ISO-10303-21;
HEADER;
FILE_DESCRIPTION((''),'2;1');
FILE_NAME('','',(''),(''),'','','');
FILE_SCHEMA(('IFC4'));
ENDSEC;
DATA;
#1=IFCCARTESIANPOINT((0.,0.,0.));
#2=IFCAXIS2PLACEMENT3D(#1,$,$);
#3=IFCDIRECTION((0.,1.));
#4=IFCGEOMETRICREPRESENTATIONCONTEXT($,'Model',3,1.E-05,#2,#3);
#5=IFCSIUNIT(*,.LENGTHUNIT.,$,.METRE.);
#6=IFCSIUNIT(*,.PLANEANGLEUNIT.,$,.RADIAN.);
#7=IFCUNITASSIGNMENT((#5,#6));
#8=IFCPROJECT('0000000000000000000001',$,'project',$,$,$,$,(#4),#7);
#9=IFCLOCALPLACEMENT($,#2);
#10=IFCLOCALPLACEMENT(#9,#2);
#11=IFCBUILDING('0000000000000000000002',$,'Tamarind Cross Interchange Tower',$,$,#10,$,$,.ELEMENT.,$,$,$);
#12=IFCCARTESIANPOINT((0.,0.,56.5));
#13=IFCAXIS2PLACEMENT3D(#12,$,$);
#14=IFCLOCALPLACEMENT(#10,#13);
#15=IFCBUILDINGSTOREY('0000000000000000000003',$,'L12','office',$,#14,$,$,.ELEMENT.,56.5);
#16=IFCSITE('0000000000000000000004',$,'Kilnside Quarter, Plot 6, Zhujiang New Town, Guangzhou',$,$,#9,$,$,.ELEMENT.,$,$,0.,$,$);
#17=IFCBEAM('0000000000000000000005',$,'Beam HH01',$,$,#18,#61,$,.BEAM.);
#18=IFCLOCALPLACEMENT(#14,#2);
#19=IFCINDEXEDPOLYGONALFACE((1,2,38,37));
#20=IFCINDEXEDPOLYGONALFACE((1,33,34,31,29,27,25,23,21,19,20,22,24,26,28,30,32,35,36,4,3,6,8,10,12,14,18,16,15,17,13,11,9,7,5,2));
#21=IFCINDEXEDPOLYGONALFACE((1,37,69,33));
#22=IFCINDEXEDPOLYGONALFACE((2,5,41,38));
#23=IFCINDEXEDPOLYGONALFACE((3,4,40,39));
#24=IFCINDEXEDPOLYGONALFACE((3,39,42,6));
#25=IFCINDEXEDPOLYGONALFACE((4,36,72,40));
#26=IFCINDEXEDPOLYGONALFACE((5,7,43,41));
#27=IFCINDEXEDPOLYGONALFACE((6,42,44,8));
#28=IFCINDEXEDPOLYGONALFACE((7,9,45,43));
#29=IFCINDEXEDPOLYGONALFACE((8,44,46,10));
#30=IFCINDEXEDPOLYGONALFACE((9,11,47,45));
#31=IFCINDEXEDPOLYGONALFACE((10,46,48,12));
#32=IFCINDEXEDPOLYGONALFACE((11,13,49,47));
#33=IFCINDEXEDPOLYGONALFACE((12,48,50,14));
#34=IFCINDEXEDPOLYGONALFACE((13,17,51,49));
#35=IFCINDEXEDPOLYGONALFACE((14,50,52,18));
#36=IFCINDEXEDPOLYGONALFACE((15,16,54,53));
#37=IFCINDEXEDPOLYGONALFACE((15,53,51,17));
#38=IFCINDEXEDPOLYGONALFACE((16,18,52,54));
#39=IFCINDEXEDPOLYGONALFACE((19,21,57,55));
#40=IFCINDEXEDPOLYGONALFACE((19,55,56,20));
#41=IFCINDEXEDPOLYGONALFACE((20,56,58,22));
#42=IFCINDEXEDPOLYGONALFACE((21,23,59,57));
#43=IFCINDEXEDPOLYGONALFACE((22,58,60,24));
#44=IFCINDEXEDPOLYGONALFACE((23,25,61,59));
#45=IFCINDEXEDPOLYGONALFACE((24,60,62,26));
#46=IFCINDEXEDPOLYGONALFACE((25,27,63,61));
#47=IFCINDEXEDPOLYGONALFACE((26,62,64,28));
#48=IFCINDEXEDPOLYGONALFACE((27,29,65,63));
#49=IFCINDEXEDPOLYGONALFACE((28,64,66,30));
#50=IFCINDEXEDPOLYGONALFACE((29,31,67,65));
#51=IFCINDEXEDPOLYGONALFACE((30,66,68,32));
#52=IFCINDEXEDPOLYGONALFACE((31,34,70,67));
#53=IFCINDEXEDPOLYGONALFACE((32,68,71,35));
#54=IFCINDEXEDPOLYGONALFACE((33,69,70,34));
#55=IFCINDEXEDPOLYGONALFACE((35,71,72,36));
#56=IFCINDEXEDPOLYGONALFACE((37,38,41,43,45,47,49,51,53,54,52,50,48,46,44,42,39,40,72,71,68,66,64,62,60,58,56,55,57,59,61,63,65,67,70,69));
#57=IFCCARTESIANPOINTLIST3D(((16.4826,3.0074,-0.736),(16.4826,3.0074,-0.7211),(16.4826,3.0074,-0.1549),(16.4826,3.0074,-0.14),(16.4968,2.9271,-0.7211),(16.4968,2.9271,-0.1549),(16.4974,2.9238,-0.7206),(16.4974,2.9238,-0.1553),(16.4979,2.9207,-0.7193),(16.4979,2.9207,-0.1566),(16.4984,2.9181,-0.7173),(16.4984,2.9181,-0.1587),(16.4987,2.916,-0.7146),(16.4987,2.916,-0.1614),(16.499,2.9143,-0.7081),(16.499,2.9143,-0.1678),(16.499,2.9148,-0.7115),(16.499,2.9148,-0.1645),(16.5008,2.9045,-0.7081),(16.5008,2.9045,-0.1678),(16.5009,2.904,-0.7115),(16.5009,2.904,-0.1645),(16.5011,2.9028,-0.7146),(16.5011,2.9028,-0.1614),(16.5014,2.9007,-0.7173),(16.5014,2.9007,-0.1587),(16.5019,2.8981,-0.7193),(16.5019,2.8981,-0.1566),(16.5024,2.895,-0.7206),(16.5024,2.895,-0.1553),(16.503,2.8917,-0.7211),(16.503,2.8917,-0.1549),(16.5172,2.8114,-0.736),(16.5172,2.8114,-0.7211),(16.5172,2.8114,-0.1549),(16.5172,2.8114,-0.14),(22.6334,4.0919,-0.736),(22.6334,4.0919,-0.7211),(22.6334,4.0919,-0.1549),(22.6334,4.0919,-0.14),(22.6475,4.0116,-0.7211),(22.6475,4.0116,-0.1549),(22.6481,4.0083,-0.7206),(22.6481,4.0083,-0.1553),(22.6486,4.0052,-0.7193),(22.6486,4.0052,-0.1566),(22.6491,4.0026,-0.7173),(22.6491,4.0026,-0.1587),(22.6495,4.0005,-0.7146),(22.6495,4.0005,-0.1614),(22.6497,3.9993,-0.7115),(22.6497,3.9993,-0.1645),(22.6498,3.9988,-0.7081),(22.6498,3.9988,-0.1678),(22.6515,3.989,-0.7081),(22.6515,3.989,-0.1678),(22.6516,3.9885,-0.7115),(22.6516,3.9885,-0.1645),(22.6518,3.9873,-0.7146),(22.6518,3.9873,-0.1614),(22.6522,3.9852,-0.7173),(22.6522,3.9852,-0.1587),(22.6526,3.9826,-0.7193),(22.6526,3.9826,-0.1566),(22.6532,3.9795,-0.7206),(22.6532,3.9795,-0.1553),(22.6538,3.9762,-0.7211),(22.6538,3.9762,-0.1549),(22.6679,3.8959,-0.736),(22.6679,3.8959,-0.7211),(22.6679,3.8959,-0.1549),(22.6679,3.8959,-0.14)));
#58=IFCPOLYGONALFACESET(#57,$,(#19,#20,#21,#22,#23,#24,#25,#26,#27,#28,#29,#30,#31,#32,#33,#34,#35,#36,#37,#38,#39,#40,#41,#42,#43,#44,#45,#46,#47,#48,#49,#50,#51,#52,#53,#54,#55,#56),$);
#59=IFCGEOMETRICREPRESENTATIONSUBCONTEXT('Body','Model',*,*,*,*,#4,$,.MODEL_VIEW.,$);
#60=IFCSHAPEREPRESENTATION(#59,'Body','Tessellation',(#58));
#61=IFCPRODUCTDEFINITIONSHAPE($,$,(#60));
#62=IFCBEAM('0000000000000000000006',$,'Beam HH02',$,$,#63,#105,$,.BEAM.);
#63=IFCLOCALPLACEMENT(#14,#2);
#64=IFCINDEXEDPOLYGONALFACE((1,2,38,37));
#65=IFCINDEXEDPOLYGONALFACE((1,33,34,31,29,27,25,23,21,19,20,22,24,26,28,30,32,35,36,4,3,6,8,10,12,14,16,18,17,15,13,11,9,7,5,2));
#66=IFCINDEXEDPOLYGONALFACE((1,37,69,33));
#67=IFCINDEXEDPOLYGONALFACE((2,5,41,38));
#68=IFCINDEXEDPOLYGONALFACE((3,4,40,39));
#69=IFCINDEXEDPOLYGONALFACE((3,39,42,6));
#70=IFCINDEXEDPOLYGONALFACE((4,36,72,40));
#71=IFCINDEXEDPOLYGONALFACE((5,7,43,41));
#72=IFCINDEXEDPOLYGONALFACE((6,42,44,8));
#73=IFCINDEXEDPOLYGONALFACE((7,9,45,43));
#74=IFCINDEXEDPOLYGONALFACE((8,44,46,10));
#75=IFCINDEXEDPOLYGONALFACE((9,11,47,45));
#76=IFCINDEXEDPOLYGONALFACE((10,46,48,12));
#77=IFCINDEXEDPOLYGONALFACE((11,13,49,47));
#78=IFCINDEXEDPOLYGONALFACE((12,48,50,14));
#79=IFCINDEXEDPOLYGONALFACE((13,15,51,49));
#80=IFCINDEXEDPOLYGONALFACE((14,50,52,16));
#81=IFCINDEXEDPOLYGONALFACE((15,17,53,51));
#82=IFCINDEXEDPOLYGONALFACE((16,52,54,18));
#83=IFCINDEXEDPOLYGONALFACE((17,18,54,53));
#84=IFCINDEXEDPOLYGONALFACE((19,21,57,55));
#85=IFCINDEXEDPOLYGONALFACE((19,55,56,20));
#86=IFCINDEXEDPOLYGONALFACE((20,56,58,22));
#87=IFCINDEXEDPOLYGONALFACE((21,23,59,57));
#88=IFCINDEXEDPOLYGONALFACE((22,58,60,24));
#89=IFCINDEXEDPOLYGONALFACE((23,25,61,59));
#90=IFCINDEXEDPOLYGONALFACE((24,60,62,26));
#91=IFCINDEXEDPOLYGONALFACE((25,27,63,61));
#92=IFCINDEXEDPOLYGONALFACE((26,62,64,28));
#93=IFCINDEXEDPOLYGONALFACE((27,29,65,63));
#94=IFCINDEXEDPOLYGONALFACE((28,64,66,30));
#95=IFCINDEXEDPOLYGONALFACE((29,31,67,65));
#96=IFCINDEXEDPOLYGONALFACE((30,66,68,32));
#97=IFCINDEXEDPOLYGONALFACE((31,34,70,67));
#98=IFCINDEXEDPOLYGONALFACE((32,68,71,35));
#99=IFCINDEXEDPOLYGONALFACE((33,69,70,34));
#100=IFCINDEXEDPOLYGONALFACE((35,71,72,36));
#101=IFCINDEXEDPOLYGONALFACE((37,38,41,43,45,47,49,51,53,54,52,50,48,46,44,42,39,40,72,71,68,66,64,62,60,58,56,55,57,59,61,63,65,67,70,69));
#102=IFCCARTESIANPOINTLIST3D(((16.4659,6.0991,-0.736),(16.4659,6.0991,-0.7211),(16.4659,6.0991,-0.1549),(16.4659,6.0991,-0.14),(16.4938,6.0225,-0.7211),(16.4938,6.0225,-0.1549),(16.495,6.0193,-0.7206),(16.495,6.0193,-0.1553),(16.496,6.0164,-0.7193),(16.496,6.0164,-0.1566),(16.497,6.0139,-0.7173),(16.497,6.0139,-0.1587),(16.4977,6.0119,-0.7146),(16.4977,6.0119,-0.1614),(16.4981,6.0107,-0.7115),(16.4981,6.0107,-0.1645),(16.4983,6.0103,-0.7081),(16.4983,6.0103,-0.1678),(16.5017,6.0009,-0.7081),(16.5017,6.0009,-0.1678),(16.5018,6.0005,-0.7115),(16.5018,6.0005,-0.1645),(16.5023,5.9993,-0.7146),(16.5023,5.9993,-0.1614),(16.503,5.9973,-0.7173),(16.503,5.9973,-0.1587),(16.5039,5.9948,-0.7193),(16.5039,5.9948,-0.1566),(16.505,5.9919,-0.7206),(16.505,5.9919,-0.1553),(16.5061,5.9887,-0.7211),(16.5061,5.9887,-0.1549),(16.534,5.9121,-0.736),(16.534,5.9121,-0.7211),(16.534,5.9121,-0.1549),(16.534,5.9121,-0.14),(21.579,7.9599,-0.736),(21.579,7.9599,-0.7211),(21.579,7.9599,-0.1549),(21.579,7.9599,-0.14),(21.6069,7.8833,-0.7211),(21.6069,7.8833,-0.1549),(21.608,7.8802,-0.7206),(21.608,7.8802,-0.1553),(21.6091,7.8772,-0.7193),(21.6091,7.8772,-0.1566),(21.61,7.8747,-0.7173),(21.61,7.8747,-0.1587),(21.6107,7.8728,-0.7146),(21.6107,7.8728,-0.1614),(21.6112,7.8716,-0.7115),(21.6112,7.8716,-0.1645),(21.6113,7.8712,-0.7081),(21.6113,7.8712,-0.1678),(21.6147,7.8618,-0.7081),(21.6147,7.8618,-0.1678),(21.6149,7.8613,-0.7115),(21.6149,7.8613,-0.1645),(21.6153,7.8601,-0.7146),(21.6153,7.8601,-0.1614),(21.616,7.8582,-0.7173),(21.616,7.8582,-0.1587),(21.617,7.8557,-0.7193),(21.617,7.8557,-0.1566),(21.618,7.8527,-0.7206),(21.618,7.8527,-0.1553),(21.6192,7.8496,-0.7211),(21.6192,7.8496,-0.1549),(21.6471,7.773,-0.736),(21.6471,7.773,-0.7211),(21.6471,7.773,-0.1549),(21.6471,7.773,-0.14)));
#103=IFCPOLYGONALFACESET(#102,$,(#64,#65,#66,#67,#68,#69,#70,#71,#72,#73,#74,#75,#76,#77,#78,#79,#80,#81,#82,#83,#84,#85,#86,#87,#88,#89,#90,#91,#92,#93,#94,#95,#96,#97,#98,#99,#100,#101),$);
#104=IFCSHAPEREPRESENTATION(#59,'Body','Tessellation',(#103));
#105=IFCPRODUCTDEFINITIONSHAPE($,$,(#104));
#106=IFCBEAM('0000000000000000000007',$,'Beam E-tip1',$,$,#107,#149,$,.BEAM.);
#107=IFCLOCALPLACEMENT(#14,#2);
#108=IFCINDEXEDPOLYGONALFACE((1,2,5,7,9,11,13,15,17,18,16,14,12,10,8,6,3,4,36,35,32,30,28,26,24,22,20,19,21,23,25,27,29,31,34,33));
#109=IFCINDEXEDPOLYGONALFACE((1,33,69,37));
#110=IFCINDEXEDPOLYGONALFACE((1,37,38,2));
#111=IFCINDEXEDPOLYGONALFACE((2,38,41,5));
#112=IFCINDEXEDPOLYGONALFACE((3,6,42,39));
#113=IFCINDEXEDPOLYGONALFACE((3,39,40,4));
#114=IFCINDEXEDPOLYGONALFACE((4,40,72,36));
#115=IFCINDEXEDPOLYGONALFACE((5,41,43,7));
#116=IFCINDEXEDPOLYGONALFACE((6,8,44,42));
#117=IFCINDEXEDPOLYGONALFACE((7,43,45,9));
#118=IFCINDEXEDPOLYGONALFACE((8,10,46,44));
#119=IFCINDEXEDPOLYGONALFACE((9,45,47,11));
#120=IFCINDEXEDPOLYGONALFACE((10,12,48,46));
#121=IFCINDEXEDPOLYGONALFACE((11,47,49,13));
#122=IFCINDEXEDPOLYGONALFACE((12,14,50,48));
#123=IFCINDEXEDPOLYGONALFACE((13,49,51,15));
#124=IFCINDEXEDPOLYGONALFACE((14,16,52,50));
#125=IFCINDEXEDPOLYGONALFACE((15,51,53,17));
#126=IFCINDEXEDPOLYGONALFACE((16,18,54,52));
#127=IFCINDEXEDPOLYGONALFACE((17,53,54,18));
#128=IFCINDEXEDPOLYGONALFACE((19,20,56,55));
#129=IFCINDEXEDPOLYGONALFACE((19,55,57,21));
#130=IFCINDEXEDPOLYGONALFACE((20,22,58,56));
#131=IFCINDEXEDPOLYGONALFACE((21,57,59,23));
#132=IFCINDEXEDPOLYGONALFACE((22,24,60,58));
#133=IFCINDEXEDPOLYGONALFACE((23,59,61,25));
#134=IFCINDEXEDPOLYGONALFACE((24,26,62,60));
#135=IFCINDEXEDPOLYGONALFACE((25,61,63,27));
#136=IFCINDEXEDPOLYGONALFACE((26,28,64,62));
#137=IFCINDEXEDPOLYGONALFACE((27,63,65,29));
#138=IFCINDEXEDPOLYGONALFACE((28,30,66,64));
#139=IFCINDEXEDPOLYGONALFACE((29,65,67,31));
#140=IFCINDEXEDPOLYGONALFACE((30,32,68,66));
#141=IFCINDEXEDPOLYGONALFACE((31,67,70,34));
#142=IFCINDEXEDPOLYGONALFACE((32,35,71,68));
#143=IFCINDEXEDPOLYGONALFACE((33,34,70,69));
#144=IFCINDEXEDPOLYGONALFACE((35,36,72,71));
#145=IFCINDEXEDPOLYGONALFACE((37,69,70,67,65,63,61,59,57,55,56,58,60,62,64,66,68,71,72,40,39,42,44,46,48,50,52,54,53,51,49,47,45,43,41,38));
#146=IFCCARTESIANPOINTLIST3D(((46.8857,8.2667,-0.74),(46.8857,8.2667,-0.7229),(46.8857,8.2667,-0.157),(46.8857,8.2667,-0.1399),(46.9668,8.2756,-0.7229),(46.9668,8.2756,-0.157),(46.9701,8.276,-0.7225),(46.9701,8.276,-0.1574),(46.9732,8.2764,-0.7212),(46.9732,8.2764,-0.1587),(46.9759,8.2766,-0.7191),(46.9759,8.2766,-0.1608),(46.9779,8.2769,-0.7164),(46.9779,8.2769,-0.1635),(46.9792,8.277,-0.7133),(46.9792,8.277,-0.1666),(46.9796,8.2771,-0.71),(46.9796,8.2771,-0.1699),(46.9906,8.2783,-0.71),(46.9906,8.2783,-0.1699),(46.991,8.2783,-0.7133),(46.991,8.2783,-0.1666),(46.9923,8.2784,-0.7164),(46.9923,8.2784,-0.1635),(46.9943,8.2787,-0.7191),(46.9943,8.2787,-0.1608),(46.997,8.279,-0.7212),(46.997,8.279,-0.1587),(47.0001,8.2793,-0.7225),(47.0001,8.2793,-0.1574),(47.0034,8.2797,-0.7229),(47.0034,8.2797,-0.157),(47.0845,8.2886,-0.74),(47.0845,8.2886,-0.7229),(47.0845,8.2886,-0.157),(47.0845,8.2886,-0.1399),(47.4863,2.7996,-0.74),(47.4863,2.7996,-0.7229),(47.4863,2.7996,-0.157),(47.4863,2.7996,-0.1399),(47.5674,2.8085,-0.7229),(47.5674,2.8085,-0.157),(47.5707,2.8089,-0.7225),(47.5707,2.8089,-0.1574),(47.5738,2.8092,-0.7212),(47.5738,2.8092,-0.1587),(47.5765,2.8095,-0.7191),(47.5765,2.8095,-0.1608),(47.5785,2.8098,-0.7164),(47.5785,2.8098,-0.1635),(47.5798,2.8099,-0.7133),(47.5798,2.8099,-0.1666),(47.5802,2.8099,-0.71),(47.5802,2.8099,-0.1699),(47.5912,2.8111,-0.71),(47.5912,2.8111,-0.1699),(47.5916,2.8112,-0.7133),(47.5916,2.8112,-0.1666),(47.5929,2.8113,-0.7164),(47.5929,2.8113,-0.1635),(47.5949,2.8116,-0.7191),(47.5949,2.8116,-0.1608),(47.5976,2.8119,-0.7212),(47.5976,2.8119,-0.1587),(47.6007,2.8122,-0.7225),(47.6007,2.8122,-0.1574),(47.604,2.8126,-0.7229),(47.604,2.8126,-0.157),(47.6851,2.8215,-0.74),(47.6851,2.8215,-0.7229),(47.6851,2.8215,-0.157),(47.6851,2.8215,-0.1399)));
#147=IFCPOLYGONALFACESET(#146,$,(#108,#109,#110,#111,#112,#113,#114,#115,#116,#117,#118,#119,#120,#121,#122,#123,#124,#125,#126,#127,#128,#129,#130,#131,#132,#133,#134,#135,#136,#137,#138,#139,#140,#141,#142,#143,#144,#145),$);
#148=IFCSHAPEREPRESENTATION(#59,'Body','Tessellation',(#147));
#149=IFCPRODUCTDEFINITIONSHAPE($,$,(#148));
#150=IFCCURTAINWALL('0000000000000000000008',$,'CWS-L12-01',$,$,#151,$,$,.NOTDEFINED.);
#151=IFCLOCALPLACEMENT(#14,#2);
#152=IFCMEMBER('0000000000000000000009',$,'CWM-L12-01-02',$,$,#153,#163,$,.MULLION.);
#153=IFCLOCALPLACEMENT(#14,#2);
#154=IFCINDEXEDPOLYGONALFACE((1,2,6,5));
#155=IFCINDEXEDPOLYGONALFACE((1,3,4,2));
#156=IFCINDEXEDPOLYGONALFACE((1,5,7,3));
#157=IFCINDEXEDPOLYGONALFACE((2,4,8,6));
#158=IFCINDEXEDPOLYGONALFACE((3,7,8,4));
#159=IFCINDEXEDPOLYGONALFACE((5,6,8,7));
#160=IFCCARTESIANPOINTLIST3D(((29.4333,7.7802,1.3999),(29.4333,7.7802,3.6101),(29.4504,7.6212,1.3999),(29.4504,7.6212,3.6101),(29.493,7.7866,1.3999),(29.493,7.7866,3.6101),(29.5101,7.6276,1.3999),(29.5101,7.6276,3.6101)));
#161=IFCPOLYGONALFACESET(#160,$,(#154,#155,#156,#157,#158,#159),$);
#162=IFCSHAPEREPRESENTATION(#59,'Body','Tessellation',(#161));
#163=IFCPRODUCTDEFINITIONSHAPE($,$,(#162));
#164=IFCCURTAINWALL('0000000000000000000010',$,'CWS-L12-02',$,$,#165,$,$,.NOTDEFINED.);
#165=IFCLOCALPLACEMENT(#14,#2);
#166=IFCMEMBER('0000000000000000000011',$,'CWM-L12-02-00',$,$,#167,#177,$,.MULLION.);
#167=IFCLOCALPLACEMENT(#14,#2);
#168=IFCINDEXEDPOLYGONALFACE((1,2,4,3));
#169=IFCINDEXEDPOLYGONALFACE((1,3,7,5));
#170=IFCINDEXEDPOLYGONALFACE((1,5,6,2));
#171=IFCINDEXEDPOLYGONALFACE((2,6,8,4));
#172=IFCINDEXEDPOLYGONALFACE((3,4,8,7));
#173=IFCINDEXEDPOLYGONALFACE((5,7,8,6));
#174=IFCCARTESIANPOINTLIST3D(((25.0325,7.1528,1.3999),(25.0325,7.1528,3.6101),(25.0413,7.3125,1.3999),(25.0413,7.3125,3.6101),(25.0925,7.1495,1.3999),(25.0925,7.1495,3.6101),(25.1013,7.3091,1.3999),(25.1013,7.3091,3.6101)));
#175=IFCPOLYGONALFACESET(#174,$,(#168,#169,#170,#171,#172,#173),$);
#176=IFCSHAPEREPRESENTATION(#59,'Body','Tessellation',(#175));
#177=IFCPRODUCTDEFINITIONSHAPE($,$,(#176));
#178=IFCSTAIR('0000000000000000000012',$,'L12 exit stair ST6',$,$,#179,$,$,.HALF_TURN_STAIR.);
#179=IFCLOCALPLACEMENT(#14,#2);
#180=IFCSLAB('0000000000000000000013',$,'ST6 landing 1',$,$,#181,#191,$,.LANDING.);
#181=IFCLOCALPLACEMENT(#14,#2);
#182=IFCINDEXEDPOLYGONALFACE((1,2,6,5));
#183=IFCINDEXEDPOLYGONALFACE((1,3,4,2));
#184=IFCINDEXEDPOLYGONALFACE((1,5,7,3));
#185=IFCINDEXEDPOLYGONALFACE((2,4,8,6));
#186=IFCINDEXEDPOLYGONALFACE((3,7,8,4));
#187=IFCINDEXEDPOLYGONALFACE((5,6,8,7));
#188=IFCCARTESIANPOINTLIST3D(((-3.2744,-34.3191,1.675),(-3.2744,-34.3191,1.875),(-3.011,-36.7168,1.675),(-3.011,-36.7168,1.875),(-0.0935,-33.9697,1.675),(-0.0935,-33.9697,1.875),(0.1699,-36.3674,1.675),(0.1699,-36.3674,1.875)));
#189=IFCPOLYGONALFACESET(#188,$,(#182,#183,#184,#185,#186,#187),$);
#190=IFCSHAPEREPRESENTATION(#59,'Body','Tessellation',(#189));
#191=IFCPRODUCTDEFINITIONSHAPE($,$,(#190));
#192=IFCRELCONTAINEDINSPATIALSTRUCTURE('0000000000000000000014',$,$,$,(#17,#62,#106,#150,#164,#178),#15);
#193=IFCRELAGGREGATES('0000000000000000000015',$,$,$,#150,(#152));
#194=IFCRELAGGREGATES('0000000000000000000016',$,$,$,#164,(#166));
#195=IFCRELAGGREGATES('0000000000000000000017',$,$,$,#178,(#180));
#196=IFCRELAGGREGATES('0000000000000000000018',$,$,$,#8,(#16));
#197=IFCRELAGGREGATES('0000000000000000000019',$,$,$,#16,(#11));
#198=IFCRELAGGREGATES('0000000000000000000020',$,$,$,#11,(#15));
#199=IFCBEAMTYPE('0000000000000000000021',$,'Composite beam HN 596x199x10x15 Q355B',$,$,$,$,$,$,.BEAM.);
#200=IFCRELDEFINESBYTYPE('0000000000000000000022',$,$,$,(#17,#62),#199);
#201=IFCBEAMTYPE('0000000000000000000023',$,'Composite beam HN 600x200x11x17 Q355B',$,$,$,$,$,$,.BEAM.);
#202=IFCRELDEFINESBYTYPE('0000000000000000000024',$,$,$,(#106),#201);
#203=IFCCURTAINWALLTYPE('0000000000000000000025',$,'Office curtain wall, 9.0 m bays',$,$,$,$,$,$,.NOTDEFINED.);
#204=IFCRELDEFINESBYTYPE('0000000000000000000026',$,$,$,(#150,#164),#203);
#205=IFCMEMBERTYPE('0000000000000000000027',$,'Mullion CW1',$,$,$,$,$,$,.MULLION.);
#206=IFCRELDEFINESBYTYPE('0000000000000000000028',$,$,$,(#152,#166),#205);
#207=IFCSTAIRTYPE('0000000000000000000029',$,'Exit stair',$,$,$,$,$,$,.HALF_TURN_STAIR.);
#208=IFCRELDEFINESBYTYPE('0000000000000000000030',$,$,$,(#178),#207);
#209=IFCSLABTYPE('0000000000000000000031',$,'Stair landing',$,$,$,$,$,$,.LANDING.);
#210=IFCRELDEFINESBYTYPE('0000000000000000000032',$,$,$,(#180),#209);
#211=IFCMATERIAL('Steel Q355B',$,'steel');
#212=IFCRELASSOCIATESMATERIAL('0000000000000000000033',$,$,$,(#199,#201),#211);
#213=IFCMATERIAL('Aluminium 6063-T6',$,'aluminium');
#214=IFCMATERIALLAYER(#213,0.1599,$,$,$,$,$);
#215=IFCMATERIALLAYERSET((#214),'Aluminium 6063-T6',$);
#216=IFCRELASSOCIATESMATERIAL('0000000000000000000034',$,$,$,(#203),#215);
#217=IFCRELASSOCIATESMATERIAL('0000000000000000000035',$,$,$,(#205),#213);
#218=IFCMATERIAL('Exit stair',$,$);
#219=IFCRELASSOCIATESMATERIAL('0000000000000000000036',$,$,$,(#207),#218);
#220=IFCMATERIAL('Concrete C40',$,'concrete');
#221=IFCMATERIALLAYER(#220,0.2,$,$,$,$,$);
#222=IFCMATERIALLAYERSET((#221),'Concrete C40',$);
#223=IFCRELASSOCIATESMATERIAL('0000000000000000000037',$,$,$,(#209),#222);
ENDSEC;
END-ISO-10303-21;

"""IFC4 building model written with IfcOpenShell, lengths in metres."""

from ifc_helpers import new_model, si_unit, direction, frame, origin, origin_2d, place, context, subcontext, project, spatial, polyline, rectangle, i_section, outline, extrude, material, layer, layer_set, material_profile, profile_set, type_object, element, aggregate, save


model = new_model("IFC4")

# Units and contexts
model_context = context("Model", 3, precision=1e-05, world=origin(), true_north=direction((0.0, 1.0)))
body_context = subcontext(model_context, "Body", "Model", "MODEL_VIEW")
ifc_project = project(units=[si_unit("LENGTHUNIT", "METRE"), si_unit("PLANEANGLEUNIT", "RADIAN")], contexts=[model_context])

# Site, building, storey
site_placement = place(None, origin())
site = spatial("IfcSite", under=ifc_project, at=site_placement, Name="Kilnside Quarter, Plot 6, Zhujiang New Town, Guangzhou", CompositionType="ELEMENT", RefElevation=0.0)
building_placement = place(site_placement, origin())
building = spatial("IfcBuilding", under=site, at=building_placement, Name="Tamarind Cross Interchange Tower", CompositionType="ELEMENT")
storey_placement = place(building_placement, frame((0.0, 0.0, 56.5)))
storey = spatial("IfcBuildingStorey", under=building, at=storey_placement, Name="L12", Description="office", CompositionType="ELEMENT", Elevation=56.5)

# Beams
ifc_material_1 = material(Name="Steel Q355B", Category="steel")
ifc_material_profile_1 = material_profile(ifc_material_1, i_section(OverallWidth=0.199, OverallDepth=0.5959, WebThickness=0.01, FlangeThickness=0.0149, FilletRadius=0.0129, at=origin_2d()), Name="HN 596x199x10x15")
ifc_profile_set_1 = profile_set([ifc_material_profile_1], Name="Steel Q355B")
beam_type_1 = type_object("IfcBeamType", Name="Composite beam HN 596x199x10x15 Q355B", PredefinedType="BEAM", material=ifc_profile_set_1)
beam_1_placement = place(storey_placement, frame((22.6506, 3.9939, -0.438), z_axis=(-0.984809, -0.17364, 0.0), x_axis=(0.17364, -0.984809, 0.0)))
element("IfcBeam", 1, at=beam_1_placement, inside=storey, type_object=beam_type_1, Name="Beam HH01", PredefinedType="BEAM", context=body_context, shape_type="SweptSolid", body=[
    extrude(i_section(OverallWidth=0.199, OverallDepth=0.5959, WebThickness=0.01, FlangeThickness=0.0149, FilletRadius=0.0129, at=origin_2d()), origin(), (0.0, 0.0, 1.0), 6.2456),
])
beam_2_placement = place(storey_placement, frame((21.613, 7.8665, -0.438), z_axis=(-0.939702, -0.341995, 0.0), x_axis=(0.341995, -0.939702, 0.0)))
element("IfcBeam", 2, at=beam_2_placement, inside=storey, type_object=beam_type_1, Name="Beam HH02", PredefinedType="BEAM", context=body_context, shape_type="SweptSolid", body=[
    extrude(i_section(OverallWidth=0.199, OverallDepth=0.5959, WebThickness=0.01, FlangeThickness=0.0149, FilletRadius=0.0129, at=origin_2d()), origin(), (0.0, 0.0, 1.0), 5.4412),
])
ifc_material_profile_2 = material_profile(ifc_material_1, i_section(OverallWidth=0.2, OverallDepth=0.6001, WebThickness=0.011, FlangeThickness=0.0171, FilletRadius=0.0129, at=origin_2d()), Name="HN 600x200x11x17")
ifc_profile_set_2 = profile_set([ifc_material_profile_2], Name="Steel Q355B")
beam_type_2 = type_object("IfcBeamType", Name="Composite beam HN 600x200x11x17 Q355B", PredefinedType="BEAM", material=ifc_profile_set_2)
beam_3_placement = place(storey_placement, frame((47.5857, 2.8105, -0.4399), z_axis=(-0.109199, 0.99402, 0.0), x_axis=(-0.99402, -0.109199, 0.0)))
element("IfcBeam", 3, at=beam_3_placement, inside=storey, type_object=beam_type_2, Name="Beam E-tip1", PredefinedType="BEAM", context=body_context, shape_type="SweptSolid", body=[
    extrude(i_section(OverallWidth=0.2, OverallDepth=0.6001, WebThickness=0.011, FlangeThickness=0.0171, FilletRadius=0.0129, at=origin_2d()), origin(), (0.0, 0.0, 1.0), 5.5),
])

# Curtain walls, members
ifc_material_2 = material(Name="Aluminium 6063-T6", Category="aluminium")
ifc_layer_1 = layer(ifc_material_2, 0.1599)
ifc_layer_set_1 = layer_set([ifc_layer_1], Name="Aluminium 6063-T6")
curtain_wall_type = type_object("IfcCurtainWallType", Name="Office curtain wall, 9.0 m bays", PredefinedType="NOTDEFINED", material=ifc_layer_set_1)
curtain_wall_1_placement = place(storey_placement, origin())
curtain_wall_1 = element("IfcCurtainWall", 4, at=curtain_wall_1_placement, inside=storey, type_object=curtain_wall_type, Name="CWS-L12-01", PredefinedType="NOTDEFINED")
ifc_material_profile_3 = material_profile(ifc_material_2, rectangle(XDim=0.0601, YDim=0.1599, at=origin_2d()), Name="Mullion CW1")
ifc_profile_set_3 = profile_set([ifc_material_profile_3], Name="Aluminium 6063-T6")
member_type = type_object("IfcMemberType", Name="Mullion CW1", PredefinedType="MULLION", material=ifc_profile_set_3)
member_1_placement = place(storey_placement, frame((29.4717, 7.7039, 1.3999), z_axis=(0.0, 0.0, 1.0), x_axis=(-0.994287, -0.106744, 0.0)))
member_1 = element("IfcMember", 5, at=member_1_placement, type_object=member_type, Name="CWM-L12-01-02", PredefinedType="MULLION", context=body_context, shape_type="SweptSolid", body=[
    extrude(rectangle(XDim=0.0601, YDim=0.1599, at=origin_2d()), origin(), (0.0, 0.0, 1.0), 2.2102),
])
aggregate(curtain_wall_1, [member_1])
curtain_wall_2_placement = place(storey_placement, origin())
curtain_wall_2 = element("IfcCurtainWall", 6, at=curtain_wall_2_placement, inside=storey, type_object=curtain_wall_type, Name="CWS-L12-02", PredefinedType="NOTDEFINED")
member_2_placement = place(storey_placement, frame((25.0669, 7.231, 1.3999), z_axis=(0.0, 0.0, 1.0), x_axis=(-0.998469, 0.055315, 0.0)))
member_2 = element("IfcMember", 7, at=member_2_placement, type_object=member_type, Name="CWM-L12-02-00", PredefinedType="MULLION", context=body_context, shape_type="SweptSolid", body=[
    extrude(rectangle(XDim=0.0601, YDim=0.1599, at=origin_2d()), origin(), (0.0, 0.0, 1.0), 2.2102),
])
aggregate(curtain_wall_2, [member_2])

# Stair, slab
ifc_material_3 = material(Name="Exit stair")
stair_type = type_object("IfcStairType", Name="Exit stair", PredefinedType="HALF_TURN_STAIR", material=ifc_material_3)
stair_placement = place(storey_placement, origin())
stair = element("IfcStair", 8, at=stair_placement, inside=storey, type_object=stair_type, Name="L12 exit stair ST6", PredefinedType="HALF_TURN_STAIR")
ifc_material_4 = material(Name="Concrete C40", Category="concrete")
ifc_layer_2 = layer(ifc_material_4, 0.2)
ifc_layer_set_2 = layer_set([ifc_layer_2], Name="Concrete C40")
slab_type = type_object("IfcSlabType", Name="Stair landing", PredefinedType="LANDING", material=ifc_layer_set_2)
slab_placement = place(storey_placement, frame((0.0, 0.0, 1.675)))
slab = element("IfcSlab", 9, at=slab_placement, type_object=slab_type, Name="ST6 landing 1", PredefinedType="LANDING", context=body_context, shape_type="SweptSolid", body=[
    extrude(outline(polyline([(-3.2744, -34.3191), (-3.011, -36.7168), (0.1699, -36.3674), (-0.0935, -33.9697), (-3.2744, -34.3191)])), origin(), (0.0, 0.0, 1.0), 0.2),
])
aggregate(stair, [slab])

save(model, "model.ifc")
